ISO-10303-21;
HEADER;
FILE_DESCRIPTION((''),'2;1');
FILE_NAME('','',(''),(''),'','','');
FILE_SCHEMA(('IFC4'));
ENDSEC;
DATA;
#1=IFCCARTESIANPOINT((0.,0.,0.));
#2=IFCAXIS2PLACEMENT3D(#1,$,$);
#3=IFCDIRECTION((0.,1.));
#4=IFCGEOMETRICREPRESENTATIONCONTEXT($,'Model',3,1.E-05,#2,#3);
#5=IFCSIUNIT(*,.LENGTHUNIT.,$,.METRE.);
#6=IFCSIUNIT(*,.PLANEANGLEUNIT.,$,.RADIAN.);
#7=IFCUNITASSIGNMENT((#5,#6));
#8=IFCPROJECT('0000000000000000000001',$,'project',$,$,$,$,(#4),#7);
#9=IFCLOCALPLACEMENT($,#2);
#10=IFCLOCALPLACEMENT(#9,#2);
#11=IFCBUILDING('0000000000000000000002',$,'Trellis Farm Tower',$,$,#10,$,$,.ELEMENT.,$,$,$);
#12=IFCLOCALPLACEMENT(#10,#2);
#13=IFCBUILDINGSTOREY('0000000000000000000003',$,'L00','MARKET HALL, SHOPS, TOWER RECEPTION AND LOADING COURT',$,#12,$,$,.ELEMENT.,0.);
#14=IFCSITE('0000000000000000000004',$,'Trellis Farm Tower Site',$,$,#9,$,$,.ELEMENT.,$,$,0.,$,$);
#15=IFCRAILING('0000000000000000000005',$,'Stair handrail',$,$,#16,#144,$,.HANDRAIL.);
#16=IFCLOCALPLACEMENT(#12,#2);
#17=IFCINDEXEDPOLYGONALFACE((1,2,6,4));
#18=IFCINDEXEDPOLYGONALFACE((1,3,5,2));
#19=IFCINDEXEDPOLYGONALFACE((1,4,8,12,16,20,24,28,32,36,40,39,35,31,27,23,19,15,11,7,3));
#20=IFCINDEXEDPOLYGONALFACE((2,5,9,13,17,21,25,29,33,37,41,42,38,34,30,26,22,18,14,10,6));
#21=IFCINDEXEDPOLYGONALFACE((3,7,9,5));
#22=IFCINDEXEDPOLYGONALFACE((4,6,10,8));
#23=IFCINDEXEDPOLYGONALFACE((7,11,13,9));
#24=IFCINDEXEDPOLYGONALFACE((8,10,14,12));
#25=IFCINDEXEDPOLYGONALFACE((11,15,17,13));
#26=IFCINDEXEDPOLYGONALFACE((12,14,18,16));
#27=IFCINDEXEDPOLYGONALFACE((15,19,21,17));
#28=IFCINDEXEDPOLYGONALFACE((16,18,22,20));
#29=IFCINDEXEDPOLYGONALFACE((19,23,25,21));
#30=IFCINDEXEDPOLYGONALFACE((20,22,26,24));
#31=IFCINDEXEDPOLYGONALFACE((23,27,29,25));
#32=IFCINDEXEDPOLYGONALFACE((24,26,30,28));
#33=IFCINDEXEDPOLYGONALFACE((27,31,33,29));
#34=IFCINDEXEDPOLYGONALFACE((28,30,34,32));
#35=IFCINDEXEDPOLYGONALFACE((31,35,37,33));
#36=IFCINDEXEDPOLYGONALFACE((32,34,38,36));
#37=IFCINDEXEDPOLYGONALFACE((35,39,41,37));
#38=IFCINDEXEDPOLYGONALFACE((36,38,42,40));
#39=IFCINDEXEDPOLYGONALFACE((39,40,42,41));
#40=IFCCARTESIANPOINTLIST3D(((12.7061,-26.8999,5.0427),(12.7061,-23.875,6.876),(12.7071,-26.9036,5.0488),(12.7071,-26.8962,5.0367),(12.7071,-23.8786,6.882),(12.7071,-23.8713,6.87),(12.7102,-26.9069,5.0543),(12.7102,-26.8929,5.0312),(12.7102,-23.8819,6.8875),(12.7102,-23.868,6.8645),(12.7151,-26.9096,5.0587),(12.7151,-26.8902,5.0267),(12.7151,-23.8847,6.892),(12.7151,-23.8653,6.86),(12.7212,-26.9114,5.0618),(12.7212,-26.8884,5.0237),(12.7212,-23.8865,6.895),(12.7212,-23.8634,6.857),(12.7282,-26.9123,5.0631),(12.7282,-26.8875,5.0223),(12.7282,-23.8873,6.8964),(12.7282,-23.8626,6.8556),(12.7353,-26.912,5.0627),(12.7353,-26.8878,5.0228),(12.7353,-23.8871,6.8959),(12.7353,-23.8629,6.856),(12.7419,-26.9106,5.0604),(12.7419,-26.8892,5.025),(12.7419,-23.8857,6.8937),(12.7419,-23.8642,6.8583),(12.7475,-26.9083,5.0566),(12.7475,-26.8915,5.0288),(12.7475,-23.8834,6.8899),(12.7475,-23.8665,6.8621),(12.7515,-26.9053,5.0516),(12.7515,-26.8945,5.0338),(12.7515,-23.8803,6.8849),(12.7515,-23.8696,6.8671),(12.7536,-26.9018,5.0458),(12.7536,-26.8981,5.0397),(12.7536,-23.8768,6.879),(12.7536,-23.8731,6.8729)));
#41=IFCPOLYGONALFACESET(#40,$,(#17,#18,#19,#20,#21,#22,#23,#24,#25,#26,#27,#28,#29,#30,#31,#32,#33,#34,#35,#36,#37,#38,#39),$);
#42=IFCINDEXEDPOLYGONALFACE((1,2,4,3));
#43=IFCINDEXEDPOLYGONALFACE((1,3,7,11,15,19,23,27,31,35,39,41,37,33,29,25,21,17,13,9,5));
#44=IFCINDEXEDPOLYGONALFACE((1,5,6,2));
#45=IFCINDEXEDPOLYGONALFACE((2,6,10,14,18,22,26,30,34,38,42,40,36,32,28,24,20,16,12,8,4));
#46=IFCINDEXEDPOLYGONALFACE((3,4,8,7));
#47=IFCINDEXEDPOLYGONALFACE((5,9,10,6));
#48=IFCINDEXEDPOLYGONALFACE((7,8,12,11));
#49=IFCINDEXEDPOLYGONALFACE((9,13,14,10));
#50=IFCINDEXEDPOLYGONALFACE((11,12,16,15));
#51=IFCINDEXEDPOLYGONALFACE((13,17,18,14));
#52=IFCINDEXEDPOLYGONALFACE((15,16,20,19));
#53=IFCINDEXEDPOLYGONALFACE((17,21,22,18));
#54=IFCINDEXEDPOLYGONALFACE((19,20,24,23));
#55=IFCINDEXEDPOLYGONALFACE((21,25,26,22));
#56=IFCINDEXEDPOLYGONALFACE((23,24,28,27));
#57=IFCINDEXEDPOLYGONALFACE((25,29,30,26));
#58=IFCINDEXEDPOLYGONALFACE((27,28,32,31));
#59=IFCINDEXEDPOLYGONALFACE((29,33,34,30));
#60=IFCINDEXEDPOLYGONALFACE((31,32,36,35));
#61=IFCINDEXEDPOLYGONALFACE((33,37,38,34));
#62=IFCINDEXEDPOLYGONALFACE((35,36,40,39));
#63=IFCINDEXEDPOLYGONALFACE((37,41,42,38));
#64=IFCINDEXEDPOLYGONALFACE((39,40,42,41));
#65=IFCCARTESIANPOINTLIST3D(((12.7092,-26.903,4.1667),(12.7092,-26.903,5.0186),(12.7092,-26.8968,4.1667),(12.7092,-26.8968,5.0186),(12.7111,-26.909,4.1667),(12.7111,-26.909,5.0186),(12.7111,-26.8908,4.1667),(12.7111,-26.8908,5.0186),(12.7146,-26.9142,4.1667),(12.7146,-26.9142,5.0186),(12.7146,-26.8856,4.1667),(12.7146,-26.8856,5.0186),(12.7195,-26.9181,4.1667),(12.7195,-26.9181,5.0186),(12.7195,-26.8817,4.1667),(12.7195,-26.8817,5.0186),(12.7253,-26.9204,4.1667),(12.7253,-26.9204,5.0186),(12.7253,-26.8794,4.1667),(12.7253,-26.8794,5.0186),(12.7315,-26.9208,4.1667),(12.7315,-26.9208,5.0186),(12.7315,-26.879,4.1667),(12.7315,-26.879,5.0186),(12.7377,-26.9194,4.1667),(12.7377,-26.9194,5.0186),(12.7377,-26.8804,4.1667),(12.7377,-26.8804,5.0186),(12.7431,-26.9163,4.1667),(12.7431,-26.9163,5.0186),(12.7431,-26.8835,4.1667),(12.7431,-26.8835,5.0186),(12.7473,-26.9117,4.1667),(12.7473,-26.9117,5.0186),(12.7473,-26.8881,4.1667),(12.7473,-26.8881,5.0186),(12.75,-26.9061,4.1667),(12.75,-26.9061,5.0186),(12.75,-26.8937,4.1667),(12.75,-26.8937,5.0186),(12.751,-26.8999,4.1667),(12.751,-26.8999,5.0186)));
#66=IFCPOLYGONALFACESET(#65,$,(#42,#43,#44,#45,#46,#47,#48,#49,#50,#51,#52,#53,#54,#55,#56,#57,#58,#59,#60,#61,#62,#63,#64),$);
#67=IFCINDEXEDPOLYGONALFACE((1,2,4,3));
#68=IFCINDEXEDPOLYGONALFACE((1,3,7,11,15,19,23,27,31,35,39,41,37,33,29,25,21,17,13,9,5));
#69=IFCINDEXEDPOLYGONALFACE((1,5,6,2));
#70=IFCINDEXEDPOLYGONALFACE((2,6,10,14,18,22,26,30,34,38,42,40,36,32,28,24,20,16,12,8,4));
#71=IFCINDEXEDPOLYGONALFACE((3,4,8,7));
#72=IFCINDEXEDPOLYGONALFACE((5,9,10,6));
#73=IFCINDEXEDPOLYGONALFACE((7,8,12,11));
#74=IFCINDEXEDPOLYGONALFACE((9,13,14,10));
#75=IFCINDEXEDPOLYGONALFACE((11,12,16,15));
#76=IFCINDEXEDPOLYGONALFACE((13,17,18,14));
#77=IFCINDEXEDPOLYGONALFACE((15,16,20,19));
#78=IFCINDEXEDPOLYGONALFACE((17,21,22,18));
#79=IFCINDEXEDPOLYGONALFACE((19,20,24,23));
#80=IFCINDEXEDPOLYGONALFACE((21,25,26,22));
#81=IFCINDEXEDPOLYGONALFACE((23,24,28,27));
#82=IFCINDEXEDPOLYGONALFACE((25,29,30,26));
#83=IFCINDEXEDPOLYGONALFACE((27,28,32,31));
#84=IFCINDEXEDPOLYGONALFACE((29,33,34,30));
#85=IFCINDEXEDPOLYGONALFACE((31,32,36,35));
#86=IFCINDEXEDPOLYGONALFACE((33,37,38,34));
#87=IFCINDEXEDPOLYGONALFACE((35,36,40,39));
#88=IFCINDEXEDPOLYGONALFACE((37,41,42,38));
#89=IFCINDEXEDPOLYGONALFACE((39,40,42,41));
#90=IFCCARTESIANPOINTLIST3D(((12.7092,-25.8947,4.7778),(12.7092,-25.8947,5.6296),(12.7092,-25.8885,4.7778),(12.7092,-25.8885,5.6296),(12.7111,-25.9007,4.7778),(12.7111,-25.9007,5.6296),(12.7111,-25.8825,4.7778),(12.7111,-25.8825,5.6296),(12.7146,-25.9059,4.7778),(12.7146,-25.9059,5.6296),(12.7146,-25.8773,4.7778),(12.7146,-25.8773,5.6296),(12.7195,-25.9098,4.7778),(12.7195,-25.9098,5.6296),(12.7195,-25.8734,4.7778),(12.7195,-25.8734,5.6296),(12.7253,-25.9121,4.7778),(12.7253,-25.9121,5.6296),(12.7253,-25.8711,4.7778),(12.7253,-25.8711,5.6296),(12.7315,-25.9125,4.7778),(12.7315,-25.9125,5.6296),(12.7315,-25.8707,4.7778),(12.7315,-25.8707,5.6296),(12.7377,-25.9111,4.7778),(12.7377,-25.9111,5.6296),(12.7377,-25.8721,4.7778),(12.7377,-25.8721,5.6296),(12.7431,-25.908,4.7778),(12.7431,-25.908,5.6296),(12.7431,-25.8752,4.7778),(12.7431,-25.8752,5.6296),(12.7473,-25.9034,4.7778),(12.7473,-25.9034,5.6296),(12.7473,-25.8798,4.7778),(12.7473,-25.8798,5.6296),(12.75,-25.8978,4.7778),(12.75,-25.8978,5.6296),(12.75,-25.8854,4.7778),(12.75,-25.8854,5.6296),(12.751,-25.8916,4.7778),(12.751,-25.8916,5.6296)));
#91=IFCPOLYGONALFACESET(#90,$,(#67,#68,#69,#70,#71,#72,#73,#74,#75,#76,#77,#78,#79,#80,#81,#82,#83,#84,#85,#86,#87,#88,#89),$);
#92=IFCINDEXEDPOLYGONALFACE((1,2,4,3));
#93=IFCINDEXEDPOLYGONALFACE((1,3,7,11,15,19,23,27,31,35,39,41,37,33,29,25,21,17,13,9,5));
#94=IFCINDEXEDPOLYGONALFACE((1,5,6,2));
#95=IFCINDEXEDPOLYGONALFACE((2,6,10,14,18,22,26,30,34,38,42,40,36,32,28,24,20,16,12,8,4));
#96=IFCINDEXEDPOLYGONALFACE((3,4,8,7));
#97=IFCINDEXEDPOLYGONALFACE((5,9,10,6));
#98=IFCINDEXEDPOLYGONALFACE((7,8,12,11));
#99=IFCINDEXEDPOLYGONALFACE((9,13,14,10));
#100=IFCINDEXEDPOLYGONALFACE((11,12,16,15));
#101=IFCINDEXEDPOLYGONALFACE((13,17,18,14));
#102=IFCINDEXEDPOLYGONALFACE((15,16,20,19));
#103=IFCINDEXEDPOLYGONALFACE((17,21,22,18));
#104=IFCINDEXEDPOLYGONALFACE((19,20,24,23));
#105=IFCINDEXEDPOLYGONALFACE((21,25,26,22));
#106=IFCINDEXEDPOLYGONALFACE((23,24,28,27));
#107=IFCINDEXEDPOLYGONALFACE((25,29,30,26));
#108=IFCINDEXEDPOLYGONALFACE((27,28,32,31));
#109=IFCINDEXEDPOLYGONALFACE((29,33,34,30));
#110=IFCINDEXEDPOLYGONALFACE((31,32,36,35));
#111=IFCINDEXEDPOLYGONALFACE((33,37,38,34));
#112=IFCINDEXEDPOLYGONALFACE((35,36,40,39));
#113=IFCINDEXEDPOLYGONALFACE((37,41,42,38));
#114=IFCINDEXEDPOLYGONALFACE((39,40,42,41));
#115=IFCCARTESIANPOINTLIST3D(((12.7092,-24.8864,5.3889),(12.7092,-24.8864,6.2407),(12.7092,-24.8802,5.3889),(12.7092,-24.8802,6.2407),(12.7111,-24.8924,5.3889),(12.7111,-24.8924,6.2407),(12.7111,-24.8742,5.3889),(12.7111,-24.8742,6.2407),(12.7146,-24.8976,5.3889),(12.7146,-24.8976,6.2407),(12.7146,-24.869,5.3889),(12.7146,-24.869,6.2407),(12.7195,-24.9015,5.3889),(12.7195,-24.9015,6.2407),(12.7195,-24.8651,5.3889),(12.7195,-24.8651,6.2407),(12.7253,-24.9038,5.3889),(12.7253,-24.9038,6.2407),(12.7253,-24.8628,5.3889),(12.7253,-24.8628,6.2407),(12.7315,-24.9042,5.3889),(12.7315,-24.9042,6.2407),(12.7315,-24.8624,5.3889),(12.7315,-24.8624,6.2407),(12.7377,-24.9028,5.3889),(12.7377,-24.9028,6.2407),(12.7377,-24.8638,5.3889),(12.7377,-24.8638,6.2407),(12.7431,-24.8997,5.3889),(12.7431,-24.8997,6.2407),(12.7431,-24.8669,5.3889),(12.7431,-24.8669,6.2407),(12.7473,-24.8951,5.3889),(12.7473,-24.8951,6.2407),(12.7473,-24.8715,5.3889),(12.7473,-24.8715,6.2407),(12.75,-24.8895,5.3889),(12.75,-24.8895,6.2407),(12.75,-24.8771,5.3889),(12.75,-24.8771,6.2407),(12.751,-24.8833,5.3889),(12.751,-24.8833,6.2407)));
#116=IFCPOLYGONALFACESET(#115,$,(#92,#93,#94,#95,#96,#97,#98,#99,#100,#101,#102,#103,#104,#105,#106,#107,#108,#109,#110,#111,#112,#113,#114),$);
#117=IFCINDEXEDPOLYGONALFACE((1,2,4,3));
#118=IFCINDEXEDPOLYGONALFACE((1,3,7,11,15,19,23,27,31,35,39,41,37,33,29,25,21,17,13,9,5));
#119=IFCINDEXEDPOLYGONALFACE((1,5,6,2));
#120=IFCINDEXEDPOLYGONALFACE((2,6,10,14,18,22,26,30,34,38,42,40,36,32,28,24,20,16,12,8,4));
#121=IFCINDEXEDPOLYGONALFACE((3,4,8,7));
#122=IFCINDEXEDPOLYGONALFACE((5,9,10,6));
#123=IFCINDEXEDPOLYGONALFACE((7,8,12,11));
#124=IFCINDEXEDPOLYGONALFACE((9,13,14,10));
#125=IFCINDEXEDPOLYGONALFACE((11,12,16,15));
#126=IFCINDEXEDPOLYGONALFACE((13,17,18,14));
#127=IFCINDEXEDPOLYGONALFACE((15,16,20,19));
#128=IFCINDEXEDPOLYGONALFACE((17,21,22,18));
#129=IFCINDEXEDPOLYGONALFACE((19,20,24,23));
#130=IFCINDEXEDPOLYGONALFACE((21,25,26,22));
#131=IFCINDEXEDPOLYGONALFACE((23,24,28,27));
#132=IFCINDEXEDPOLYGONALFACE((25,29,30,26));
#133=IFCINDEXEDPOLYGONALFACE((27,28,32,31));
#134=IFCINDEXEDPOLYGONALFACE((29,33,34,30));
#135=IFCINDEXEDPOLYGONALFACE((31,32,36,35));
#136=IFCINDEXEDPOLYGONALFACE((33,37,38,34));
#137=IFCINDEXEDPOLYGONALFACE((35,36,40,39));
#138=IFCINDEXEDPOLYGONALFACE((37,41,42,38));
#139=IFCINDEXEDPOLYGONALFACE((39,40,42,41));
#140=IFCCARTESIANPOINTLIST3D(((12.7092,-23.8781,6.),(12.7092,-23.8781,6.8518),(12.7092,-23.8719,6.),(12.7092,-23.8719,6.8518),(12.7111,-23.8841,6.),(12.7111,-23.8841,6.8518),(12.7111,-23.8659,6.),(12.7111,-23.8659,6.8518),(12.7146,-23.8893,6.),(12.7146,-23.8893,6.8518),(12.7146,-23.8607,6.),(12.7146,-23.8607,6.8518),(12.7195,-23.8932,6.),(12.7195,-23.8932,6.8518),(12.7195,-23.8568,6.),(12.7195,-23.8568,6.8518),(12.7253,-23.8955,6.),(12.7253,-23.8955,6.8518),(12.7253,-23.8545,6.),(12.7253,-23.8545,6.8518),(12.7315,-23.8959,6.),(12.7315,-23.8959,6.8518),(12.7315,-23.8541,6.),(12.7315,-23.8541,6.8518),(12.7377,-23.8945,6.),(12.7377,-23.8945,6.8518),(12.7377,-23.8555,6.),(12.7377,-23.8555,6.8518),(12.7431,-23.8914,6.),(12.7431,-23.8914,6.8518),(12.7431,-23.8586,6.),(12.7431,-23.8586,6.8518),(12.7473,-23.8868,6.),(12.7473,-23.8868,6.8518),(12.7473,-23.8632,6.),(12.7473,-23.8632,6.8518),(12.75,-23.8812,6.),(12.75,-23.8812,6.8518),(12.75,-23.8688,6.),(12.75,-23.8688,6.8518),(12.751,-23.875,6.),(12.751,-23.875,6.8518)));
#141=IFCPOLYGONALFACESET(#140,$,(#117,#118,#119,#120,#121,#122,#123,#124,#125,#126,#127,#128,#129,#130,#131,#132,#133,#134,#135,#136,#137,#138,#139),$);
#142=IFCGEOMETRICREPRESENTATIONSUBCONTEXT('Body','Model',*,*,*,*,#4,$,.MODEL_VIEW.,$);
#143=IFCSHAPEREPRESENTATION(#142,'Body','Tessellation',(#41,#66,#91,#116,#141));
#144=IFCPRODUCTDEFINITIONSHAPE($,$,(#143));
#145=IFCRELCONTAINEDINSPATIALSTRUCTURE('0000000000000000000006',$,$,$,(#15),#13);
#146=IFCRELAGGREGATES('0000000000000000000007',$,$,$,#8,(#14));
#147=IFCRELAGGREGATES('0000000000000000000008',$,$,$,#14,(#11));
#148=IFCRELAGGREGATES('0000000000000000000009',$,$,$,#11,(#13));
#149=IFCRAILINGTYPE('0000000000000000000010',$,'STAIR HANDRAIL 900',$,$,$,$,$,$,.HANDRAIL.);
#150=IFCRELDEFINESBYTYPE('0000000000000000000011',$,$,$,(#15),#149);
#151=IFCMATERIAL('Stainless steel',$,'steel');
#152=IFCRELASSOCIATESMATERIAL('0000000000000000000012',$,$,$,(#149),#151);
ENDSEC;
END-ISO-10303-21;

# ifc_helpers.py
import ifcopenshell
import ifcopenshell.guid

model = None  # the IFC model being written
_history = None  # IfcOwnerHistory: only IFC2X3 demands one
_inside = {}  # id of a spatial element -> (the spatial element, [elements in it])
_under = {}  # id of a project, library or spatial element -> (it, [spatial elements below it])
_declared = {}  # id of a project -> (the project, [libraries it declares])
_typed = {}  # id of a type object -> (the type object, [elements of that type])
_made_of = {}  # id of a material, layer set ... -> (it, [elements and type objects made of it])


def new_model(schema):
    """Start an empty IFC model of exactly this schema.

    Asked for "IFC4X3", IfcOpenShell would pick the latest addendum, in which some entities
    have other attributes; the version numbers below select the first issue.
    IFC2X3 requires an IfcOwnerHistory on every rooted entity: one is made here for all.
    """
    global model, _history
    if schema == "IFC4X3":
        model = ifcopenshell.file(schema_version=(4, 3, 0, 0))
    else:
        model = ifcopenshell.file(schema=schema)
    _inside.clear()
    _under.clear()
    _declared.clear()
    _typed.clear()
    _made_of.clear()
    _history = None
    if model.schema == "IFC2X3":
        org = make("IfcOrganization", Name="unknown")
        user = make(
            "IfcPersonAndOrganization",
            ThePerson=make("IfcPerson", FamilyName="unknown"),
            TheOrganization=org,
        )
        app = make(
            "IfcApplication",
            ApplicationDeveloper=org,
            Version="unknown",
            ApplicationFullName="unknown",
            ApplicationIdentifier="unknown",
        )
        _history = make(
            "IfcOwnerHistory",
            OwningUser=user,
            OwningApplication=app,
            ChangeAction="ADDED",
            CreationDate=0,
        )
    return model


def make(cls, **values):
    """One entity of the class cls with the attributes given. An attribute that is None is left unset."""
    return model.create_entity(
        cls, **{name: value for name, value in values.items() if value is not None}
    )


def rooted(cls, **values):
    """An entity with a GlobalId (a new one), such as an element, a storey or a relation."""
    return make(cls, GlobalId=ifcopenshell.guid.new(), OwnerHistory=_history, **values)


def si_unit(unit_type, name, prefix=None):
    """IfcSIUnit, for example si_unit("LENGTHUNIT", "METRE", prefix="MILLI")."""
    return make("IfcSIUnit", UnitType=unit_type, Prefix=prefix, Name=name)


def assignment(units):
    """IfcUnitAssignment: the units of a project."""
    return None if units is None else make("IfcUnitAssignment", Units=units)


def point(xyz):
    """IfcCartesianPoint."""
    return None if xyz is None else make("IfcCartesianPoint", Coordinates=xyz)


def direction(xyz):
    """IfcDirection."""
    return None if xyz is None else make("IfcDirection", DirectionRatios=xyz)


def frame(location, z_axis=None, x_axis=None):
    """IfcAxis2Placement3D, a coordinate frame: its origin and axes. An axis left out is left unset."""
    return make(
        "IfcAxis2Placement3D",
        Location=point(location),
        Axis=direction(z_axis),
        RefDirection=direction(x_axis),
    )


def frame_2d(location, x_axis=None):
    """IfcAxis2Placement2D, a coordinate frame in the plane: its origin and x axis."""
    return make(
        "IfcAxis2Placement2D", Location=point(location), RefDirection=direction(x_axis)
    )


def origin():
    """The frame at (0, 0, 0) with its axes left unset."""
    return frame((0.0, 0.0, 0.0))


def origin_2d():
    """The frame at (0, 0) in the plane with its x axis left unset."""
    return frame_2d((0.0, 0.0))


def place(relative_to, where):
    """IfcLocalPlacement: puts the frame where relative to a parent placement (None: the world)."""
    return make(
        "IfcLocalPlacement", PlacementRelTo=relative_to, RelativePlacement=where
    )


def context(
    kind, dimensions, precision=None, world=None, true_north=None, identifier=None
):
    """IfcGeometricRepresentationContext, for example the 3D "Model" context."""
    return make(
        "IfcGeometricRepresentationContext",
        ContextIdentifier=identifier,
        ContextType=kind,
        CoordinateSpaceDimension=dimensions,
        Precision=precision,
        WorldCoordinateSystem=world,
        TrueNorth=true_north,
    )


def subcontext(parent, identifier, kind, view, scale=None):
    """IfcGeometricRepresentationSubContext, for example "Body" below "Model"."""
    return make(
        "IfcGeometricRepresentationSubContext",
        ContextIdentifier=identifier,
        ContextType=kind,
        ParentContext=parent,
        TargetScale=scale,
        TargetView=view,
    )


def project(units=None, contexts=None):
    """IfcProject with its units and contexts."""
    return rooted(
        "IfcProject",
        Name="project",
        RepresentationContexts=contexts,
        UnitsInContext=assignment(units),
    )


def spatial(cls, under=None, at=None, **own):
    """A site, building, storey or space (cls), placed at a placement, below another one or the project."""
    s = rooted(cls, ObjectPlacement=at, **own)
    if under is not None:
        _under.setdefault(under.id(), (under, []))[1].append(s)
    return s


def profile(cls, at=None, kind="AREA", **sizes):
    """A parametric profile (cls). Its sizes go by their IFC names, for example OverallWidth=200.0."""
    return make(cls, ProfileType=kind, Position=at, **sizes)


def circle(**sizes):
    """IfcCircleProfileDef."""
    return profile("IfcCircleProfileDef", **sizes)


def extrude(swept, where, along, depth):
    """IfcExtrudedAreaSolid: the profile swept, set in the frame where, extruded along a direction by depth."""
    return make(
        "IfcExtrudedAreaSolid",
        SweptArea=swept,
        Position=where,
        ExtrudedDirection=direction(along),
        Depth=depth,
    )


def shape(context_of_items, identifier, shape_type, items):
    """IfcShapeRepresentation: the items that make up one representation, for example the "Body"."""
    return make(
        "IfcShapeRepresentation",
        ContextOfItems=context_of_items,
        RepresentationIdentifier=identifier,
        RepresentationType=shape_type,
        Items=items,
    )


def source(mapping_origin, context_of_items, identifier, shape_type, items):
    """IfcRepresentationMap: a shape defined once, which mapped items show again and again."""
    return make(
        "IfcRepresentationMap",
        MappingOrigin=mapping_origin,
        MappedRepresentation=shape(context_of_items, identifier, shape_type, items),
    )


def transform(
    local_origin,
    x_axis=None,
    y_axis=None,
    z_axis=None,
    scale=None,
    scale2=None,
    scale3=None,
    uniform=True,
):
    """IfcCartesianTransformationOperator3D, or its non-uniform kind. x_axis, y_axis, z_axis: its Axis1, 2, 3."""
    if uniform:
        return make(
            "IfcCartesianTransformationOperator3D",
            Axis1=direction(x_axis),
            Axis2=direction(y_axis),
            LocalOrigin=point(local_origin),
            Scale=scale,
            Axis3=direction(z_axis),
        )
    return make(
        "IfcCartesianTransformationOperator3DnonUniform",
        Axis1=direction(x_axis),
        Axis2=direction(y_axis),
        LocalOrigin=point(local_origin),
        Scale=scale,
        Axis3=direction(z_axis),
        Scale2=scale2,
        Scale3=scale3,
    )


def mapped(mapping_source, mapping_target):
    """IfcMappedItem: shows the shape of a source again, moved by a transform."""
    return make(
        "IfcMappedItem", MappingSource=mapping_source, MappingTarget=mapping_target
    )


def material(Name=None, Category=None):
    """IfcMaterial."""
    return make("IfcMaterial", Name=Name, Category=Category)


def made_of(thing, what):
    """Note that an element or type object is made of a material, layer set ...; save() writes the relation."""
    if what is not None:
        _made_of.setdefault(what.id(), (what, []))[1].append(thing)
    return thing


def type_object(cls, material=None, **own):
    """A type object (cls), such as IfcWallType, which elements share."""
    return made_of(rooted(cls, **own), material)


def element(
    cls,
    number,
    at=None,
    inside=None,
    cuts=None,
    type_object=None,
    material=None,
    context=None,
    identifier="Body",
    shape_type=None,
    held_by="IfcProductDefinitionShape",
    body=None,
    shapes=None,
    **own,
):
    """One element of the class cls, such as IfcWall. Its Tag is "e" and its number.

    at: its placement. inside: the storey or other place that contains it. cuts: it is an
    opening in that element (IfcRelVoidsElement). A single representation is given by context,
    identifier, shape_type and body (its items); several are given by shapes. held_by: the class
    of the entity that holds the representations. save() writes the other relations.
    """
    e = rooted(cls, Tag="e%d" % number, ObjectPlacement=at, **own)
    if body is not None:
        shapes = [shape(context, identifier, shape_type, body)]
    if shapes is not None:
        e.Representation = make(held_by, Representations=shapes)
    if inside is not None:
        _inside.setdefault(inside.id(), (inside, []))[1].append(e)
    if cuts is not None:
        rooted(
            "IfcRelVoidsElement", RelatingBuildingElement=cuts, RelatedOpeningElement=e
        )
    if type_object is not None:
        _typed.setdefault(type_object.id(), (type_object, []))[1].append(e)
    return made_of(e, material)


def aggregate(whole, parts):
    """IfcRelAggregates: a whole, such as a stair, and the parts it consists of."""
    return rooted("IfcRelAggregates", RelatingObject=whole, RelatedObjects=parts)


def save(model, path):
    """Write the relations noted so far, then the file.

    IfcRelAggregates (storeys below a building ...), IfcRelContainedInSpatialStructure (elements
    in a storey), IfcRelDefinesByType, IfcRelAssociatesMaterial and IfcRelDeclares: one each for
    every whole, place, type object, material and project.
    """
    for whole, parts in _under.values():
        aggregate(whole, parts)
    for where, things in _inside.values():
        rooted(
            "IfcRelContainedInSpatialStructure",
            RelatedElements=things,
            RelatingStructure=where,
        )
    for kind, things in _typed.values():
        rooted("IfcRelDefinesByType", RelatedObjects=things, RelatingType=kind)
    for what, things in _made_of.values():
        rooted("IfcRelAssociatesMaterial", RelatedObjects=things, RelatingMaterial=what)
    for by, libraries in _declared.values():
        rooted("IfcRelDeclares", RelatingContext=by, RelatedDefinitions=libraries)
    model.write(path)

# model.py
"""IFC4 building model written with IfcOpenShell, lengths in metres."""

from ifc_helpers import new_model, si_unit, direction, frame, origin, origin_2d, place, context, subcontext, project, spatial, circle, extrude, source, transform, mapped, material, type_object, element, save


model = new_model("IFC4")

# Units and contexts
model_context = context("Model", 3, precision=1e-05, world=origin(), true_north=direction((0.0, 1.0)))
body_context = subcontext(model_context, "Body", "Model", "MODEL_VIEW")
ifc_project = project(units=[si_unit("LENGTHUNIT", "METRE"), si_unit("PLANEANGLEUNIT", "RADIAN")], contexts=[model_context])

# Site, building, storey
site_placement = place(None, origin())
site = spatial("IfcSite", under=ifc_project, at=site_placement, Name="Trellis Farm Tower Site", CompositionType="ELEMENT", RefElevation=0.0)
building_placement = place(site_placement, origin())
building = spatial("IfcBuilding", under=site, at=building_placement, Name="Trellis Farm Tower", CompositionType="ELEMENT")
storey_placement = place(building_placement, origin())
storey = spatial("IfcBuildingStorey", under=building, at=storey_placement, Name="L00", Description="MARKET HALL, SHOPS, TOWER RECEPTION AND LOADING COURT", CompositionType="ELEMENT", Elevation=0.0)

# Railing
ifc_material_1 = material(Name="Stainless steel", Category="steel")
railing_type = type_object("IfcRailingType", Name="STAIR HANDRAIL 900", PredefinedType="HANDRAIL", material=ifc_material_1)
shared_shape_1 = source(origin(), body_context, "Body", "SweptSolid", [
    extrude(circle(Radius=0.0239, at=origin_2d()), frame((0.0, 0.0, 0.876), z_axis=(0.0, 0.855201, 0.518297), x_axis=(-1.0, 0.0, 0.0)), (0.0, 0.0, 1.0), 3.5371),
    extrude(circle(Radius=0.021, at=origin_2d()), origin(), (0.0, 0.0, 1.0), 0.8518),
    extrude(circle(Radius=0.021, at=origin_2d()), frame((0.0, 1.0083, 0.6111)), (0.0, 0.0, 1.0), 0.8518),
    extrude(circle(Radius=0.021, at=origin_2d()), frame((0.0, 2.0166, 1.2222)), (0.0, 0.0, 1.0), 0.8518),
    extrude(circle(Radius=0.021, at=origin_2d()), frame((0.0, 3.0249, 1.8333)), (0.0, 0.0, 1.0), 0.8518),
])
for number, where, name in (
    (1, (12.73, -26.8999, 4.1667), "Stair handrail"),
):
    element("IfcRailing", number, at=place(storey_placement, frame(where)), inside=storey, type_object=railing_type, Name=name, PredefinedType="HANDRAIL", context=body_context, shape_type="MappedRepresentation", body=[
        mapped(shared_shape_1, transform((0.0, 0.0, 0.0))),
    ])

save(model, "model.ifc")
